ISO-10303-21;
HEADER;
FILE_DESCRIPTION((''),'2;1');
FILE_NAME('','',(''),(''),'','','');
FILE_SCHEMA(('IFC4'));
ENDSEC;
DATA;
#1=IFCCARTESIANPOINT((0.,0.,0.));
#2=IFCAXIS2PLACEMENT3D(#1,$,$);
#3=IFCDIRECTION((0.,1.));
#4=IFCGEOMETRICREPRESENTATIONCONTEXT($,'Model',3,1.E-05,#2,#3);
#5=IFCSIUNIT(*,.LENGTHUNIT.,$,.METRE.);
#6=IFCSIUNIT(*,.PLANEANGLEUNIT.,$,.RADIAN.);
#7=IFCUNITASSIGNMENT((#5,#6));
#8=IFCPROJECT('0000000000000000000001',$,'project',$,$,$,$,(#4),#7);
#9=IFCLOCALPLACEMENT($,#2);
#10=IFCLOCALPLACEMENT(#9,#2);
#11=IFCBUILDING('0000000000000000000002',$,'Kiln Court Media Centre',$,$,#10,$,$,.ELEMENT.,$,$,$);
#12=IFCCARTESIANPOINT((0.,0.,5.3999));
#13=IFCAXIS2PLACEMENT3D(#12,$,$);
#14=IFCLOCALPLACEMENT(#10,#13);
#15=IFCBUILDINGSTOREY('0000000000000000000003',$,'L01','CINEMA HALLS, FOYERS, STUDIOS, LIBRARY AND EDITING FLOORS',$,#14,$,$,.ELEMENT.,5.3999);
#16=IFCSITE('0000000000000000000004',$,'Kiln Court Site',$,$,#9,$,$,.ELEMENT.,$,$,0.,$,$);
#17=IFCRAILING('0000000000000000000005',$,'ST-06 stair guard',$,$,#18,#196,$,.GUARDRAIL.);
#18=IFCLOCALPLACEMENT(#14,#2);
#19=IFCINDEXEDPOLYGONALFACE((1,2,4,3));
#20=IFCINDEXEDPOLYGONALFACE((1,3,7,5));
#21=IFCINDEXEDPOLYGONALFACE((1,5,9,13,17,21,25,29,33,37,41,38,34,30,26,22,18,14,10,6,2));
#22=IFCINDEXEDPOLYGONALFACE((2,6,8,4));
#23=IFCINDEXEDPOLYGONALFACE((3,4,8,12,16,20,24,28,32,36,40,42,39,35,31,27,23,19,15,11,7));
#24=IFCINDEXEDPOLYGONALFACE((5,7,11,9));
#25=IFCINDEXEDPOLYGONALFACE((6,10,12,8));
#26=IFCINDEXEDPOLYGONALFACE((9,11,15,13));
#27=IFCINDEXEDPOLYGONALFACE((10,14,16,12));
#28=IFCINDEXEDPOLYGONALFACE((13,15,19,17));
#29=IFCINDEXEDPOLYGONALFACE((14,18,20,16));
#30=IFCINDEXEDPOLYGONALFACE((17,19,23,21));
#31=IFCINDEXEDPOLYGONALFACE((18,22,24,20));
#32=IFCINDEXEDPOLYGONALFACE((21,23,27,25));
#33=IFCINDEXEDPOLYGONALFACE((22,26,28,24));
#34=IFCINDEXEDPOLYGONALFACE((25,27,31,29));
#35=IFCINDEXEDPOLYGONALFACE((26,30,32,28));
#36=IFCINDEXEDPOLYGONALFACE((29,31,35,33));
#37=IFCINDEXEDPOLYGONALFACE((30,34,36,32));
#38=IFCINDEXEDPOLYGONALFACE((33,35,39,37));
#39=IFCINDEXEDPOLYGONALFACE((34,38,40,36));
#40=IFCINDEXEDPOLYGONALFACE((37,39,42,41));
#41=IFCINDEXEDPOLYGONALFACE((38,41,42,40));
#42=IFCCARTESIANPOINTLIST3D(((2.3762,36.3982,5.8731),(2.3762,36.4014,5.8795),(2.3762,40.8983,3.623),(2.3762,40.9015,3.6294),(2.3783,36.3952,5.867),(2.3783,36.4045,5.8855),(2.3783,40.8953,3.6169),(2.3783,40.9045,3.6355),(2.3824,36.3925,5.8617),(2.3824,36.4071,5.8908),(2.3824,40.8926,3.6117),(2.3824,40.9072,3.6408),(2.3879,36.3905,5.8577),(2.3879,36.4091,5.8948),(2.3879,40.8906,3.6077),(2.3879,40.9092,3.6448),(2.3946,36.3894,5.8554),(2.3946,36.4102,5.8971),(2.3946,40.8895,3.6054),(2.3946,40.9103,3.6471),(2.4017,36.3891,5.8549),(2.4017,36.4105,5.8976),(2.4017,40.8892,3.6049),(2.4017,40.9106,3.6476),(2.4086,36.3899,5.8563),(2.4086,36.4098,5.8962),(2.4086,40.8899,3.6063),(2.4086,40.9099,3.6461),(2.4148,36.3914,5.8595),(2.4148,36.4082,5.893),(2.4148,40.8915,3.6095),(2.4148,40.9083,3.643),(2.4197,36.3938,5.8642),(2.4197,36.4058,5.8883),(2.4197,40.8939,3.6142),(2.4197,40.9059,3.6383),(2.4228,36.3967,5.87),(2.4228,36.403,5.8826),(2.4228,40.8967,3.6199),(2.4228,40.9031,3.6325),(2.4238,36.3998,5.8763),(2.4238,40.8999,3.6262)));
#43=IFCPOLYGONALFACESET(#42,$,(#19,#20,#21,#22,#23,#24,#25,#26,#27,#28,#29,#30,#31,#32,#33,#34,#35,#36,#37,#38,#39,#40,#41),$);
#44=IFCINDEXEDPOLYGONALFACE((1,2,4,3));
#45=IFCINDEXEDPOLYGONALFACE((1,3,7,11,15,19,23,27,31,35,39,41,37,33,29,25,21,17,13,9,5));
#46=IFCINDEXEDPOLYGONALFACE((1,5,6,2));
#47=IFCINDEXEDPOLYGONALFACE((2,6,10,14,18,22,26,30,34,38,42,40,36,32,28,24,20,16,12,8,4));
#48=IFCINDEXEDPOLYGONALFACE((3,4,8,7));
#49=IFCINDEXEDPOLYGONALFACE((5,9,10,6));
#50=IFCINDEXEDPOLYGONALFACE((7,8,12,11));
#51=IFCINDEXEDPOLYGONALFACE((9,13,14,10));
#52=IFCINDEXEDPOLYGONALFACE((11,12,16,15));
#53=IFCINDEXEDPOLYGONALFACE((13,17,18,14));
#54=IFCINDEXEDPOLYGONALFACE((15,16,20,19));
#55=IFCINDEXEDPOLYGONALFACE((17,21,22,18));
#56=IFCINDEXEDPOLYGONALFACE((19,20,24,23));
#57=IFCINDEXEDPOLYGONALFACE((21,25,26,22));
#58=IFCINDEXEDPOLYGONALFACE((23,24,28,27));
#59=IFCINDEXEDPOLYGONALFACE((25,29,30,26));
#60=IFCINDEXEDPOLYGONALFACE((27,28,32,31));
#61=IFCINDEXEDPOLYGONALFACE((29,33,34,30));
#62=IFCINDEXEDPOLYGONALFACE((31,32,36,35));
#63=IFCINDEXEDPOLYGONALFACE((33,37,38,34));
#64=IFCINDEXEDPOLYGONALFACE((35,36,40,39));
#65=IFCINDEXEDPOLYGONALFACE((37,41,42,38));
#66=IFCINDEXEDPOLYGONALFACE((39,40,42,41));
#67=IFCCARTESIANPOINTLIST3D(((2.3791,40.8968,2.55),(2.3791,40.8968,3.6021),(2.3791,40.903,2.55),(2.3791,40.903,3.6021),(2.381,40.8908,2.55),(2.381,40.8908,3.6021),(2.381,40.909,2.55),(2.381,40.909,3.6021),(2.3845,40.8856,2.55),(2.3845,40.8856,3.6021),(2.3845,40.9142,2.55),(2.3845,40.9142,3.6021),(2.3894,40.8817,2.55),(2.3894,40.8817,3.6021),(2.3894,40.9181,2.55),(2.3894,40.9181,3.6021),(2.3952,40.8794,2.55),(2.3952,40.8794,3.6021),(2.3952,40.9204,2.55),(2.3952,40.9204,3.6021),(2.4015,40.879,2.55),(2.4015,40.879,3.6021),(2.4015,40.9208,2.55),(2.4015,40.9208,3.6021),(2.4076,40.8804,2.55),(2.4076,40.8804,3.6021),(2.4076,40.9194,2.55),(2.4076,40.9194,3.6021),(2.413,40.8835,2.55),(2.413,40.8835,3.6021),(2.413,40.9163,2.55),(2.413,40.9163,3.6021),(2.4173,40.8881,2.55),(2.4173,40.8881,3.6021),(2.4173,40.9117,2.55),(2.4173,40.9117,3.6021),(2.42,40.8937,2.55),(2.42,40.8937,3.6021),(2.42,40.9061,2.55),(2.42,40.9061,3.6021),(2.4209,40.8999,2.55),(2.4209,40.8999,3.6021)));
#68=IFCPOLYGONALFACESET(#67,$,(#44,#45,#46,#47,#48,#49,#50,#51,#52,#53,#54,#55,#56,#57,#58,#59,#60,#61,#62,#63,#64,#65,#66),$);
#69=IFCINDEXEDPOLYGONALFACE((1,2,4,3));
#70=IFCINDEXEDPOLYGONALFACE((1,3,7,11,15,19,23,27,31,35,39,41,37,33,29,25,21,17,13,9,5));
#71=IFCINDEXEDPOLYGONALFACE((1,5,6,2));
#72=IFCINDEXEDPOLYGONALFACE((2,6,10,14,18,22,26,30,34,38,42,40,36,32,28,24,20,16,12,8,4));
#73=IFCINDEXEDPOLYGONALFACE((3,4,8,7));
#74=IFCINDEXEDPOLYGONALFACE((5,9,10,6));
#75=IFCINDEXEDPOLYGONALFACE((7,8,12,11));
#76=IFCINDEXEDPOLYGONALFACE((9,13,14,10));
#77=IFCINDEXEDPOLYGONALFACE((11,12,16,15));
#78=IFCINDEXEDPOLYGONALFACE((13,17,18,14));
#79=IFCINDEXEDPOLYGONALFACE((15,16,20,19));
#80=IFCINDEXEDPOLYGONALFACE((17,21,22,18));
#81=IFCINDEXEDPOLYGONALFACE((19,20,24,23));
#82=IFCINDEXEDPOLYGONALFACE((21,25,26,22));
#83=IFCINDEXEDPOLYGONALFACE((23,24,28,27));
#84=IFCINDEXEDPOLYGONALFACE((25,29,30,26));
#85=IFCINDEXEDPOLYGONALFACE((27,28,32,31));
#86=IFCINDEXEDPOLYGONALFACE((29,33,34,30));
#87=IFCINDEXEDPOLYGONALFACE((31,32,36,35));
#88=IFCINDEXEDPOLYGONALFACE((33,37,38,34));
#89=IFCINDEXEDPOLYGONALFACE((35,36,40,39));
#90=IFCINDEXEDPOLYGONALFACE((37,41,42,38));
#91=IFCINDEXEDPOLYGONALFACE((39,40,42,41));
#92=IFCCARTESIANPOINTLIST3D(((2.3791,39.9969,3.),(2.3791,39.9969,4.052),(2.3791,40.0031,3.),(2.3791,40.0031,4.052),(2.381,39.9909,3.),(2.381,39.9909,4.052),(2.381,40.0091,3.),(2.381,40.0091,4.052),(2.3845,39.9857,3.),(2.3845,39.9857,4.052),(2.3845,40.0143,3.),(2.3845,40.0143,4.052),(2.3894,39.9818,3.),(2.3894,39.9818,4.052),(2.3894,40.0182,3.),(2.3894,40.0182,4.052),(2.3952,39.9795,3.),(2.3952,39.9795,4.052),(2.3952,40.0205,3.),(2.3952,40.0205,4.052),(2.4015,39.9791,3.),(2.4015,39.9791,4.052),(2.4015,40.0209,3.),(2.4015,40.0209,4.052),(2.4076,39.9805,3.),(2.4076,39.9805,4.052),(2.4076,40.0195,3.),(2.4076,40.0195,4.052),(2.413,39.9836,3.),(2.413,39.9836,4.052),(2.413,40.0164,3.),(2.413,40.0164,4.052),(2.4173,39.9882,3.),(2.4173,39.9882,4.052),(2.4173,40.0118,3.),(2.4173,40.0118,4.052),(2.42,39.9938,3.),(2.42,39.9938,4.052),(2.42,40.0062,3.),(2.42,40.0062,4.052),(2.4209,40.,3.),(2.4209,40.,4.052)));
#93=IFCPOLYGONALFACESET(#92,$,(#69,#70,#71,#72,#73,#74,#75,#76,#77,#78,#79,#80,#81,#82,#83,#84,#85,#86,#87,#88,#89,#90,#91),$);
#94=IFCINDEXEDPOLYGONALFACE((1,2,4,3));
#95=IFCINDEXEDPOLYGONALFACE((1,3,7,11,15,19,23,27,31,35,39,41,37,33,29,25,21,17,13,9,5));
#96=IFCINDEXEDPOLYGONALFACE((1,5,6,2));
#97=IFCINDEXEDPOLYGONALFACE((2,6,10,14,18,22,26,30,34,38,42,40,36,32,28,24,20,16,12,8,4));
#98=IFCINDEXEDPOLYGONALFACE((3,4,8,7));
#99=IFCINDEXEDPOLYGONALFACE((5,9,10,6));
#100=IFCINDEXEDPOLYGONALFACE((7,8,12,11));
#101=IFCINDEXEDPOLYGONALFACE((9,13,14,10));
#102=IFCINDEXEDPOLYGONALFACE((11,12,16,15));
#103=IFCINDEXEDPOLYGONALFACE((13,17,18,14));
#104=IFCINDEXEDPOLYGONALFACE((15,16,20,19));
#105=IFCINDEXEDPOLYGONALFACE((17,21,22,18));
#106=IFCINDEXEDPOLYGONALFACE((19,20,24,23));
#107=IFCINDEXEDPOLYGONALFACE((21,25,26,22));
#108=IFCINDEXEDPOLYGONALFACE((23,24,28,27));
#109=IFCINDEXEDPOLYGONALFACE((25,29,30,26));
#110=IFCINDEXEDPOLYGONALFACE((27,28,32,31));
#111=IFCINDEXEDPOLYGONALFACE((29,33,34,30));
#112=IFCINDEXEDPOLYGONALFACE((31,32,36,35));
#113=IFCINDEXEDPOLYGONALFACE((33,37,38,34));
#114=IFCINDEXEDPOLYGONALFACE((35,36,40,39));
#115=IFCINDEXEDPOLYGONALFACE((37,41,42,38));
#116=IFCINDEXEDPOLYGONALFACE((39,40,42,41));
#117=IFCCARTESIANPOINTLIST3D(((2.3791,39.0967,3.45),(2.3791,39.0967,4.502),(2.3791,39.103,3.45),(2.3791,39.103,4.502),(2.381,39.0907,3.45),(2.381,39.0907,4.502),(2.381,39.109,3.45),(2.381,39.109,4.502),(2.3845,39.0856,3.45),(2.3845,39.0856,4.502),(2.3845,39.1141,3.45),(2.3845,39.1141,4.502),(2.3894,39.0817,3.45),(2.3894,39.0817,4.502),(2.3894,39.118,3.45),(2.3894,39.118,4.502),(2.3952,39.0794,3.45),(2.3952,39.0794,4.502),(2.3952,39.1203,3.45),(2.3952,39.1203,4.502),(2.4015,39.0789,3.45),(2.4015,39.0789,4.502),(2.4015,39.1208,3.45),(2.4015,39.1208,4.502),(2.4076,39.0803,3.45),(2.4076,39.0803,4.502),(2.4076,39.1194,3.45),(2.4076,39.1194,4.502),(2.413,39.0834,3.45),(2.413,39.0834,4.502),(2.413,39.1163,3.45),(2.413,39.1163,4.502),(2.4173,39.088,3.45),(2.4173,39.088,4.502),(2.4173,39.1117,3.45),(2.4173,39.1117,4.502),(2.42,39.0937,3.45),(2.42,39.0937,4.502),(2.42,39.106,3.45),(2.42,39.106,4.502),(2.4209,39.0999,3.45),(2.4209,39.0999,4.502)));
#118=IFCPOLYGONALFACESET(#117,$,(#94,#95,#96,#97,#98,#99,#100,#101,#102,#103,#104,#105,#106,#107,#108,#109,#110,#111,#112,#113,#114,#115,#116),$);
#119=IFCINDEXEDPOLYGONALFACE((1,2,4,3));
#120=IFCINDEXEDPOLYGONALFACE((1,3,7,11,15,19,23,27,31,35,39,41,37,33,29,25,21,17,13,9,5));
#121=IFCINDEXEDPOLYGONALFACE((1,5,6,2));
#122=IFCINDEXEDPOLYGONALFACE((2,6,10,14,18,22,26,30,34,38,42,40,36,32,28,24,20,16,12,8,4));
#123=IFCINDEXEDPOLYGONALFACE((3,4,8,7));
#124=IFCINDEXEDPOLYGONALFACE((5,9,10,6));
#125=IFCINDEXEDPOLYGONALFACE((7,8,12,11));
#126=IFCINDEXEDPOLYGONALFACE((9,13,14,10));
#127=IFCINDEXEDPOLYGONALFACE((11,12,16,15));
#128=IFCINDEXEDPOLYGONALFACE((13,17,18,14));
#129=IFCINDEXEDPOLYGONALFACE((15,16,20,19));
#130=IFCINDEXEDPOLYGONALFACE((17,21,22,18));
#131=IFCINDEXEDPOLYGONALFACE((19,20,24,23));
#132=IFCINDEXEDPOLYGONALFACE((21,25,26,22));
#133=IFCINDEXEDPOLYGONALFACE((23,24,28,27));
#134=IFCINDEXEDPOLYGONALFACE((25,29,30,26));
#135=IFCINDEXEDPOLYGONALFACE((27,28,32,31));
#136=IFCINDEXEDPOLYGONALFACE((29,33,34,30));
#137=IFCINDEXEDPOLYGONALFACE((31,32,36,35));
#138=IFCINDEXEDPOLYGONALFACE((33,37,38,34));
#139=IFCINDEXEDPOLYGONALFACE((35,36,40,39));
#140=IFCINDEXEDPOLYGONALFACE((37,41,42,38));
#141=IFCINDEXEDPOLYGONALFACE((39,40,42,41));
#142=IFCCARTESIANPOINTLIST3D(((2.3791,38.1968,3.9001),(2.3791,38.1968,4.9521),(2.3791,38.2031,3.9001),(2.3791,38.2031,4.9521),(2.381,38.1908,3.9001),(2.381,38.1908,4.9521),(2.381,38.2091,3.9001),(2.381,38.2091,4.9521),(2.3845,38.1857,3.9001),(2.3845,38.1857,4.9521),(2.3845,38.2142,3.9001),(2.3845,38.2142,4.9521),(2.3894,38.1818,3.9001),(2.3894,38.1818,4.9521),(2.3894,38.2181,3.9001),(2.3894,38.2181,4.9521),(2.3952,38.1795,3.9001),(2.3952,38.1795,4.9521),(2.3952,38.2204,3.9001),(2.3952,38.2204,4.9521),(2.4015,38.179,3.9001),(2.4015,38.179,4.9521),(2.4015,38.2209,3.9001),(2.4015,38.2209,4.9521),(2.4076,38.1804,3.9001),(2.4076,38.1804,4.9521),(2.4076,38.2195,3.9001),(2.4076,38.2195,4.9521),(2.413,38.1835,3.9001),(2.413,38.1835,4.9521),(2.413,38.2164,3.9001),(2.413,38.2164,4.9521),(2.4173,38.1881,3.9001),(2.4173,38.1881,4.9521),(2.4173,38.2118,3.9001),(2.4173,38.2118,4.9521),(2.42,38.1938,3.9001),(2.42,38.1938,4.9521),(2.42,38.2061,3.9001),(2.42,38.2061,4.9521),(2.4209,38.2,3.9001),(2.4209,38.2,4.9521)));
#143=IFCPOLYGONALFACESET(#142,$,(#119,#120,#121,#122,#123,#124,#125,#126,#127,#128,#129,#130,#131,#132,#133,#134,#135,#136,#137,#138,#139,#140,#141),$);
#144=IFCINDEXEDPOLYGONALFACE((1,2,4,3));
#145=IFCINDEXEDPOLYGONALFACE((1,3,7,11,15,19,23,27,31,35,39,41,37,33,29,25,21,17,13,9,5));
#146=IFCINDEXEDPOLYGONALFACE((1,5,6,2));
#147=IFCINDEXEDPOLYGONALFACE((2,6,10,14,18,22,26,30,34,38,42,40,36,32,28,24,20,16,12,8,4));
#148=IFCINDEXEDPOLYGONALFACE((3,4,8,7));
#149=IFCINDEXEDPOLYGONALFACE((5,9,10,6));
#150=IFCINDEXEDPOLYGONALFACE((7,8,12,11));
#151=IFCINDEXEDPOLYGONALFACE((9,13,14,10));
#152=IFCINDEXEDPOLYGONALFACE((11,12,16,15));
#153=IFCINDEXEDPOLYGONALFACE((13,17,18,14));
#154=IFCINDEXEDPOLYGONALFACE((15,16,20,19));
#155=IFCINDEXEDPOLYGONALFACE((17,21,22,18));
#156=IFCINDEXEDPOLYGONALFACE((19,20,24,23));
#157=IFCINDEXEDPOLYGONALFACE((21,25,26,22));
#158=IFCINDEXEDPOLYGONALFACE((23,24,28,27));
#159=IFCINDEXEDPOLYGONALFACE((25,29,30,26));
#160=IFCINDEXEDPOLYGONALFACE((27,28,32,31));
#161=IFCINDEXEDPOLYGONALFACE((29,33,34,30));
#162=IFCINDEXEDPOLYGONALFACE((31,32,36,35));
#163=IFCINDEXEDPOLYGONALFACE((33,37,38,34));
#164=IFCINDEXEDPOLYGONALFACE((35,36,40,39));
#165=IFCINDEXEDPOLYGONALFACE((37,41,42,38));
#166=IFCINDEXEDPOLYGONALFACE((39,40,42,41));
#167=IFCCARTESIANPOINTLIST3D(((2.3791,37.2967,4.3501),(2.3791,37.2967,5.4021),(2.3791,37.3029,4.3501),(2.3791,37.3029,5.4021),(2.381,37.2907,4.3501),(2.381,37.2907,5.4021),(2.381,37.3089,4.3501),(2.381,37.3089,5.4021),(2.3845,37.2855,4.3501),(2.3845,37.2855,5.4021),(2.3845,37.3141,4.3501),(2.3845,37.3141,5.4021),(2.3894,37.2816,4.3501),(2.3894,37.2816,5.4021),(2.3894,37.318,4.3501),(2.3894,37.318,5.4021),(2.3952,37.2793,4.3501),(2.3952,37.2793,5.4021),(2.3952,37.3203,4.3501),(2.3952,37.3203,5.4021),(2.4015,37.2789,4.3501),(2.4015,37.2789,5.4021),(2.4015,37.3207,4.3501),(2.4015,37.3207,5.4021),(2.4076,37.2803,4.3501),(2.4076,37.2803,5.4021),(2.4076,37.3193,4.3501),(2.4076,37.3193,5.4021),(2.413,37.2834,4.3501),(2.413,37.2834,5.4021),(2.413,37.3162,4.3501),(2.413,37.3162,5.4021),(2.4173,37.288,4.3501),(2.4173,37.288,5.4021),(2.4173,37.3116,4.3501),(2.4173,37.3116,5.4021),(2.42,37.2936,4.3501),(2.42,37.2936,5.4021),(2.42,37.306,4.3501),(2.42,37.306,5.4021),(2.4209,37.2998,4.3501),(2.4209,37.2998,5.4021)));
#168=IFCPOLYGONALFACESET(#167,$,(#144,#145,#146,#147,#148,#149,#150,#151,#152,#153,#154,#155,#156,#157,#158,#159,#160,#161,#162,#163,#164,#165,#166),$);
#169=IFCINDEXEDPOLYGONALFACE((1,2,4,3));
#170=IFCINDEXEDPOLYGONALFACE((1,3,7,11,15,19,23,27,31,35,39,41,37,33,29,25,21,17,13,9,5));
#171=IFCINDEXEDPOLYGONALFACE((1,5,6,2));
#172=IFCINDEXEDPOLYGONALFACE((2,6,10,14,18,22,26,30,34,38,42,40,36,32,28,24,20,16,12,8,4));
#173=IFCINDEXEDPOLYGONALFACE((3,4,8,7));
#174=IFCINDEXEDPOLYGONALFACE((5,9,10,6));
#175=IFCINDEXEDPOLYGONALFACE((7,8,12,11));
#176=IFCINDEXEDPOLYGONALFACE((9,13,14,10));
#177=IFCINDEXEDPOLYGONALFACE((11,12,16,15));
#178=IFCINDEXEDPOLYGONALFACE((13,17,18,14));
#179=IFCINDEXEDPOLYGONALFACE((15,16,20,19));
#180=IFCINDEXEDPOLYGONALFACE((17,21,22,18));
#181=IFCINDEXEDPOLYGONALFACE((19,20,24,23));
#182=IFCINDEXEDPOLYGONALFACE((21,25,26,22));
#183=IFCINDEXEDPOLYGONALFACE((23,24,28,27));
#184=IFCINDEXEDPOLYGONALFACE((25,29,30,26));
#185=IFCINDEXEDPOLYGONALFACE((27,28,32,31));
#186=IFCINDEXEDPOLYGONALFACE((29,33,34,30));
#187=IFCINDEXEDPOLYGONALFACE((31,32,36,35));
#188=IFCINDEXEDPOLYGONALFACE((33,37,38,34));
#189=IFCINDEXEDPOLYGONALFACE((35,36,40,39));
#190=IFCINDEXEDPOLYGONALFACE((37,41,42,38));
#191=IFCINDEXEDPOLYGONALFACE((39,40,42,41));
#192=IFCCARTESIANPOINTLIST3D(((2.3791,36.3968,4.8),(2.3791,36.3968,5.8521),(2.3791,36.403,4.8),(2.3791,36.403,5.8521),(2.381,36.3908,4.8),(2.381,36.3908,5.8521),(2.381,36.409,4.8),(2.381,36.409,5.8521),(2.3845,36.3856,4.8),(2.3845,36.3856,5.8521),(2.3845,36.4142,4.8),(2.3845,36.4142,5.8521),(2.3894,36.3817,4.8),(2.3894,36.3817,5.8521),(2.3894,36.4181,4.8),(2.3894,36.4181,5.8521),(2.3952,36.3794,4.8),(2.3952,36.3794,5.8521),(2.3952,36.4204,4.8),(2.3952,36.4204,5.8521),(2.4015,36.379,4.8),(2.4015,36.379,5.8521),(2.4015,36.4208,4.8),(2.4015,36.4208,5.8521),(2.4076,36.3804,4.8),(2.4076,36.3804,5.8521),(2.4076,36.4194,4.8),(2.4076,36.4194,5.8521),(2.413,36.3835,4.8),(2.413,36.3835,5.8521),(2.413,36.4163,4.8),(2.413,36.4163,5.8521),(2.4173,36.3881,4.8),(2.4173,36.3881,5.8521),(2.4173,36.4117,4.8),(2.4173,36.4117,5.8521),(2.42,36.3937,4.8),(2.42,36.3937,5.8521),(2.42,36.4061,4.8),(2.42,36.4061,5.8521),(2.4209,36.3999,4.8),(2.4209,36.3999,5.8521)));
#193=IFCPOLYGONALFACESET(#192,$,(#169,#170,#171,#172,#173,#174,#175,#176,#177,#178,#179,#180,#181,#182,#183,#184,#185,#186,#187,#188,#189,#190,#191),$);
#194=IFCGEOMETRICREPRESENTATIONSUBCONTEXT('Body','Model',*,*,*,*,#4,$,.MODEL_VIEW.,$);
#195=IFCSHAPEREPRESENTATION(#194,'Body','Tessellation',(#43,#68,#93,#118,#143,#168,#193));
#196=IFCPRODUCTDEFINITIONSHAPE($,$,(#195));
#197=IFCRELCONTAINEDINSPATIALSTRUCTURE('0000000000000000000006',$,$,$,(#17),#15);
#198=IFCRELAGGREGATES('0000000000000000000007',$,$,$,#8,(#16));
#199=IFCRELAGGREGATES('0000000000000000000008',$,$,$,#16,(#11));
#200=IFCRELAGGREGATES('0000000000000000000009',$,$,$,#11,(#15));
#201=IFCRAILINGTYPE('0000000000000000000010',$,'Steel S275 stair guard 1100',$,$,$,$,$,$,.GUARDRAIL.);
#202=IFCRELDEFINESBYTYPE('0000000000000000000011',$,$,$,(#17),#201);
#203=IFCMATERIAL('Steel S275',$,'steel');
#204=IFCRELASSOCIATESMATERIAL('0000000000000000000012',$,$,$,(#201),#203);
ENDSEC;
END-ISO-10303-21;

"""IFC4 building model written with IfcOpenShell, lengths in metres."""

from ifc_helpers import new_model, si_unit, direction, frame, origin, origin_2d, place, context, subcontext, project, spatial, circle, extrude, material, type_object, element, save


model = new_model("IFC4")

# Units and contexts
model_context = context("Model", 3, precision=1e-05, world=origin(), true_north=direction((0.0, 1.0)))
body_context = subcontext(model_context, "Body", "Model", "MODEL_VIEW")
ifc_project = project(units=[si_unit("LENGTHUNIT", "METRE"), si_unit("PLANEANGLEUNIT", "RADIAN")], contexts=[model_context])

# Site, building, storey
site_placement = place(None, origin())
site = spatial("IfcSite", under=ifc_project, at=site_placement, Name="Kiln Court Site", CompositionType="ELEMENT", RefElevation=0.0)
building_placement = place(site_placement, origin())
building = spatial("IfcBuilding", under=site, at=building_placement, Name="Kiln Court Media Centre", CompositionType="ELEMENT")
storey_placement = place(building_placement, frame((0.0, 0.0, 5.3999)))
storey = spatial("IfcBuildingStorey", under=building, at=storey_placement, Name="L01", Description="CINEMA HALLS, FOYERS, STUDIOS, LIBRARY AND EDITING FLOORS", CompositionType="ELEMENT", Elevation=5.3999)

# Railing
ifc_material_1 = material(Name="Steel S275", Category="steel")
railing_type_1 = type_object("IfcRailingType", Name="Steel S275 stair guard 1100", PredefinedType="GUARDRAIL", material=ifc_material_1)
railing_1_placement = place(storey_placement, frame((2.3999, 40.8999, 2.55)))
element("IfcRailing", 1, at=railing_1_placement, inside=storey, type_object=railing_type_1, Name="ST-06 stair guard", PredefinedType="GUARDRAIL", context=body_context, shape_type="SweptSolid", body=[
    extrude(circle(Radius=0.0239, at=origin_2d()), frame((0.0, 0.0, 1.0762), z_axis=(0.0, -0.894427, 0.447214), x_axis=(1.0, 0.0, 0.0)), (0.0, 0.0, 1.0), 5.0312),
    extrude(circle(Radius=0.021, at=origin_2d()), origin(), (0.0, 0.0, 1.0), 1.052),
    extrude(circle(Radius=0.021, at=origin_2d()), frame((0.0, -0.8999, 0.45)), (0.0, 0.0, 1.0), 1.052),
    extrude(circle(Radius=0.021, at=origin_2d()), frame((0.0, -1.8, 0.8999)), (0.0, 0.0, 1.0), 1.052),
    extrude(circle(Radius=0.021, at=origin_2d()), frame((0.0, -2.7, 1.3501)), (0.0, 0.0, 1.0), 1.052),
    extrude(circle(Radius=0.021, at=origin_2d()), frame((0.0, -3.6001, 1.8)), (0.0, 0.0, 1.0), 1.052),
    extrude(circle(Radius=0.021, at=origin_2d()), frame((0.0, -4.5, 2.25)), (0.0, 0.0, 1.0), 1.052),
])

save(model, "model.ifc")
